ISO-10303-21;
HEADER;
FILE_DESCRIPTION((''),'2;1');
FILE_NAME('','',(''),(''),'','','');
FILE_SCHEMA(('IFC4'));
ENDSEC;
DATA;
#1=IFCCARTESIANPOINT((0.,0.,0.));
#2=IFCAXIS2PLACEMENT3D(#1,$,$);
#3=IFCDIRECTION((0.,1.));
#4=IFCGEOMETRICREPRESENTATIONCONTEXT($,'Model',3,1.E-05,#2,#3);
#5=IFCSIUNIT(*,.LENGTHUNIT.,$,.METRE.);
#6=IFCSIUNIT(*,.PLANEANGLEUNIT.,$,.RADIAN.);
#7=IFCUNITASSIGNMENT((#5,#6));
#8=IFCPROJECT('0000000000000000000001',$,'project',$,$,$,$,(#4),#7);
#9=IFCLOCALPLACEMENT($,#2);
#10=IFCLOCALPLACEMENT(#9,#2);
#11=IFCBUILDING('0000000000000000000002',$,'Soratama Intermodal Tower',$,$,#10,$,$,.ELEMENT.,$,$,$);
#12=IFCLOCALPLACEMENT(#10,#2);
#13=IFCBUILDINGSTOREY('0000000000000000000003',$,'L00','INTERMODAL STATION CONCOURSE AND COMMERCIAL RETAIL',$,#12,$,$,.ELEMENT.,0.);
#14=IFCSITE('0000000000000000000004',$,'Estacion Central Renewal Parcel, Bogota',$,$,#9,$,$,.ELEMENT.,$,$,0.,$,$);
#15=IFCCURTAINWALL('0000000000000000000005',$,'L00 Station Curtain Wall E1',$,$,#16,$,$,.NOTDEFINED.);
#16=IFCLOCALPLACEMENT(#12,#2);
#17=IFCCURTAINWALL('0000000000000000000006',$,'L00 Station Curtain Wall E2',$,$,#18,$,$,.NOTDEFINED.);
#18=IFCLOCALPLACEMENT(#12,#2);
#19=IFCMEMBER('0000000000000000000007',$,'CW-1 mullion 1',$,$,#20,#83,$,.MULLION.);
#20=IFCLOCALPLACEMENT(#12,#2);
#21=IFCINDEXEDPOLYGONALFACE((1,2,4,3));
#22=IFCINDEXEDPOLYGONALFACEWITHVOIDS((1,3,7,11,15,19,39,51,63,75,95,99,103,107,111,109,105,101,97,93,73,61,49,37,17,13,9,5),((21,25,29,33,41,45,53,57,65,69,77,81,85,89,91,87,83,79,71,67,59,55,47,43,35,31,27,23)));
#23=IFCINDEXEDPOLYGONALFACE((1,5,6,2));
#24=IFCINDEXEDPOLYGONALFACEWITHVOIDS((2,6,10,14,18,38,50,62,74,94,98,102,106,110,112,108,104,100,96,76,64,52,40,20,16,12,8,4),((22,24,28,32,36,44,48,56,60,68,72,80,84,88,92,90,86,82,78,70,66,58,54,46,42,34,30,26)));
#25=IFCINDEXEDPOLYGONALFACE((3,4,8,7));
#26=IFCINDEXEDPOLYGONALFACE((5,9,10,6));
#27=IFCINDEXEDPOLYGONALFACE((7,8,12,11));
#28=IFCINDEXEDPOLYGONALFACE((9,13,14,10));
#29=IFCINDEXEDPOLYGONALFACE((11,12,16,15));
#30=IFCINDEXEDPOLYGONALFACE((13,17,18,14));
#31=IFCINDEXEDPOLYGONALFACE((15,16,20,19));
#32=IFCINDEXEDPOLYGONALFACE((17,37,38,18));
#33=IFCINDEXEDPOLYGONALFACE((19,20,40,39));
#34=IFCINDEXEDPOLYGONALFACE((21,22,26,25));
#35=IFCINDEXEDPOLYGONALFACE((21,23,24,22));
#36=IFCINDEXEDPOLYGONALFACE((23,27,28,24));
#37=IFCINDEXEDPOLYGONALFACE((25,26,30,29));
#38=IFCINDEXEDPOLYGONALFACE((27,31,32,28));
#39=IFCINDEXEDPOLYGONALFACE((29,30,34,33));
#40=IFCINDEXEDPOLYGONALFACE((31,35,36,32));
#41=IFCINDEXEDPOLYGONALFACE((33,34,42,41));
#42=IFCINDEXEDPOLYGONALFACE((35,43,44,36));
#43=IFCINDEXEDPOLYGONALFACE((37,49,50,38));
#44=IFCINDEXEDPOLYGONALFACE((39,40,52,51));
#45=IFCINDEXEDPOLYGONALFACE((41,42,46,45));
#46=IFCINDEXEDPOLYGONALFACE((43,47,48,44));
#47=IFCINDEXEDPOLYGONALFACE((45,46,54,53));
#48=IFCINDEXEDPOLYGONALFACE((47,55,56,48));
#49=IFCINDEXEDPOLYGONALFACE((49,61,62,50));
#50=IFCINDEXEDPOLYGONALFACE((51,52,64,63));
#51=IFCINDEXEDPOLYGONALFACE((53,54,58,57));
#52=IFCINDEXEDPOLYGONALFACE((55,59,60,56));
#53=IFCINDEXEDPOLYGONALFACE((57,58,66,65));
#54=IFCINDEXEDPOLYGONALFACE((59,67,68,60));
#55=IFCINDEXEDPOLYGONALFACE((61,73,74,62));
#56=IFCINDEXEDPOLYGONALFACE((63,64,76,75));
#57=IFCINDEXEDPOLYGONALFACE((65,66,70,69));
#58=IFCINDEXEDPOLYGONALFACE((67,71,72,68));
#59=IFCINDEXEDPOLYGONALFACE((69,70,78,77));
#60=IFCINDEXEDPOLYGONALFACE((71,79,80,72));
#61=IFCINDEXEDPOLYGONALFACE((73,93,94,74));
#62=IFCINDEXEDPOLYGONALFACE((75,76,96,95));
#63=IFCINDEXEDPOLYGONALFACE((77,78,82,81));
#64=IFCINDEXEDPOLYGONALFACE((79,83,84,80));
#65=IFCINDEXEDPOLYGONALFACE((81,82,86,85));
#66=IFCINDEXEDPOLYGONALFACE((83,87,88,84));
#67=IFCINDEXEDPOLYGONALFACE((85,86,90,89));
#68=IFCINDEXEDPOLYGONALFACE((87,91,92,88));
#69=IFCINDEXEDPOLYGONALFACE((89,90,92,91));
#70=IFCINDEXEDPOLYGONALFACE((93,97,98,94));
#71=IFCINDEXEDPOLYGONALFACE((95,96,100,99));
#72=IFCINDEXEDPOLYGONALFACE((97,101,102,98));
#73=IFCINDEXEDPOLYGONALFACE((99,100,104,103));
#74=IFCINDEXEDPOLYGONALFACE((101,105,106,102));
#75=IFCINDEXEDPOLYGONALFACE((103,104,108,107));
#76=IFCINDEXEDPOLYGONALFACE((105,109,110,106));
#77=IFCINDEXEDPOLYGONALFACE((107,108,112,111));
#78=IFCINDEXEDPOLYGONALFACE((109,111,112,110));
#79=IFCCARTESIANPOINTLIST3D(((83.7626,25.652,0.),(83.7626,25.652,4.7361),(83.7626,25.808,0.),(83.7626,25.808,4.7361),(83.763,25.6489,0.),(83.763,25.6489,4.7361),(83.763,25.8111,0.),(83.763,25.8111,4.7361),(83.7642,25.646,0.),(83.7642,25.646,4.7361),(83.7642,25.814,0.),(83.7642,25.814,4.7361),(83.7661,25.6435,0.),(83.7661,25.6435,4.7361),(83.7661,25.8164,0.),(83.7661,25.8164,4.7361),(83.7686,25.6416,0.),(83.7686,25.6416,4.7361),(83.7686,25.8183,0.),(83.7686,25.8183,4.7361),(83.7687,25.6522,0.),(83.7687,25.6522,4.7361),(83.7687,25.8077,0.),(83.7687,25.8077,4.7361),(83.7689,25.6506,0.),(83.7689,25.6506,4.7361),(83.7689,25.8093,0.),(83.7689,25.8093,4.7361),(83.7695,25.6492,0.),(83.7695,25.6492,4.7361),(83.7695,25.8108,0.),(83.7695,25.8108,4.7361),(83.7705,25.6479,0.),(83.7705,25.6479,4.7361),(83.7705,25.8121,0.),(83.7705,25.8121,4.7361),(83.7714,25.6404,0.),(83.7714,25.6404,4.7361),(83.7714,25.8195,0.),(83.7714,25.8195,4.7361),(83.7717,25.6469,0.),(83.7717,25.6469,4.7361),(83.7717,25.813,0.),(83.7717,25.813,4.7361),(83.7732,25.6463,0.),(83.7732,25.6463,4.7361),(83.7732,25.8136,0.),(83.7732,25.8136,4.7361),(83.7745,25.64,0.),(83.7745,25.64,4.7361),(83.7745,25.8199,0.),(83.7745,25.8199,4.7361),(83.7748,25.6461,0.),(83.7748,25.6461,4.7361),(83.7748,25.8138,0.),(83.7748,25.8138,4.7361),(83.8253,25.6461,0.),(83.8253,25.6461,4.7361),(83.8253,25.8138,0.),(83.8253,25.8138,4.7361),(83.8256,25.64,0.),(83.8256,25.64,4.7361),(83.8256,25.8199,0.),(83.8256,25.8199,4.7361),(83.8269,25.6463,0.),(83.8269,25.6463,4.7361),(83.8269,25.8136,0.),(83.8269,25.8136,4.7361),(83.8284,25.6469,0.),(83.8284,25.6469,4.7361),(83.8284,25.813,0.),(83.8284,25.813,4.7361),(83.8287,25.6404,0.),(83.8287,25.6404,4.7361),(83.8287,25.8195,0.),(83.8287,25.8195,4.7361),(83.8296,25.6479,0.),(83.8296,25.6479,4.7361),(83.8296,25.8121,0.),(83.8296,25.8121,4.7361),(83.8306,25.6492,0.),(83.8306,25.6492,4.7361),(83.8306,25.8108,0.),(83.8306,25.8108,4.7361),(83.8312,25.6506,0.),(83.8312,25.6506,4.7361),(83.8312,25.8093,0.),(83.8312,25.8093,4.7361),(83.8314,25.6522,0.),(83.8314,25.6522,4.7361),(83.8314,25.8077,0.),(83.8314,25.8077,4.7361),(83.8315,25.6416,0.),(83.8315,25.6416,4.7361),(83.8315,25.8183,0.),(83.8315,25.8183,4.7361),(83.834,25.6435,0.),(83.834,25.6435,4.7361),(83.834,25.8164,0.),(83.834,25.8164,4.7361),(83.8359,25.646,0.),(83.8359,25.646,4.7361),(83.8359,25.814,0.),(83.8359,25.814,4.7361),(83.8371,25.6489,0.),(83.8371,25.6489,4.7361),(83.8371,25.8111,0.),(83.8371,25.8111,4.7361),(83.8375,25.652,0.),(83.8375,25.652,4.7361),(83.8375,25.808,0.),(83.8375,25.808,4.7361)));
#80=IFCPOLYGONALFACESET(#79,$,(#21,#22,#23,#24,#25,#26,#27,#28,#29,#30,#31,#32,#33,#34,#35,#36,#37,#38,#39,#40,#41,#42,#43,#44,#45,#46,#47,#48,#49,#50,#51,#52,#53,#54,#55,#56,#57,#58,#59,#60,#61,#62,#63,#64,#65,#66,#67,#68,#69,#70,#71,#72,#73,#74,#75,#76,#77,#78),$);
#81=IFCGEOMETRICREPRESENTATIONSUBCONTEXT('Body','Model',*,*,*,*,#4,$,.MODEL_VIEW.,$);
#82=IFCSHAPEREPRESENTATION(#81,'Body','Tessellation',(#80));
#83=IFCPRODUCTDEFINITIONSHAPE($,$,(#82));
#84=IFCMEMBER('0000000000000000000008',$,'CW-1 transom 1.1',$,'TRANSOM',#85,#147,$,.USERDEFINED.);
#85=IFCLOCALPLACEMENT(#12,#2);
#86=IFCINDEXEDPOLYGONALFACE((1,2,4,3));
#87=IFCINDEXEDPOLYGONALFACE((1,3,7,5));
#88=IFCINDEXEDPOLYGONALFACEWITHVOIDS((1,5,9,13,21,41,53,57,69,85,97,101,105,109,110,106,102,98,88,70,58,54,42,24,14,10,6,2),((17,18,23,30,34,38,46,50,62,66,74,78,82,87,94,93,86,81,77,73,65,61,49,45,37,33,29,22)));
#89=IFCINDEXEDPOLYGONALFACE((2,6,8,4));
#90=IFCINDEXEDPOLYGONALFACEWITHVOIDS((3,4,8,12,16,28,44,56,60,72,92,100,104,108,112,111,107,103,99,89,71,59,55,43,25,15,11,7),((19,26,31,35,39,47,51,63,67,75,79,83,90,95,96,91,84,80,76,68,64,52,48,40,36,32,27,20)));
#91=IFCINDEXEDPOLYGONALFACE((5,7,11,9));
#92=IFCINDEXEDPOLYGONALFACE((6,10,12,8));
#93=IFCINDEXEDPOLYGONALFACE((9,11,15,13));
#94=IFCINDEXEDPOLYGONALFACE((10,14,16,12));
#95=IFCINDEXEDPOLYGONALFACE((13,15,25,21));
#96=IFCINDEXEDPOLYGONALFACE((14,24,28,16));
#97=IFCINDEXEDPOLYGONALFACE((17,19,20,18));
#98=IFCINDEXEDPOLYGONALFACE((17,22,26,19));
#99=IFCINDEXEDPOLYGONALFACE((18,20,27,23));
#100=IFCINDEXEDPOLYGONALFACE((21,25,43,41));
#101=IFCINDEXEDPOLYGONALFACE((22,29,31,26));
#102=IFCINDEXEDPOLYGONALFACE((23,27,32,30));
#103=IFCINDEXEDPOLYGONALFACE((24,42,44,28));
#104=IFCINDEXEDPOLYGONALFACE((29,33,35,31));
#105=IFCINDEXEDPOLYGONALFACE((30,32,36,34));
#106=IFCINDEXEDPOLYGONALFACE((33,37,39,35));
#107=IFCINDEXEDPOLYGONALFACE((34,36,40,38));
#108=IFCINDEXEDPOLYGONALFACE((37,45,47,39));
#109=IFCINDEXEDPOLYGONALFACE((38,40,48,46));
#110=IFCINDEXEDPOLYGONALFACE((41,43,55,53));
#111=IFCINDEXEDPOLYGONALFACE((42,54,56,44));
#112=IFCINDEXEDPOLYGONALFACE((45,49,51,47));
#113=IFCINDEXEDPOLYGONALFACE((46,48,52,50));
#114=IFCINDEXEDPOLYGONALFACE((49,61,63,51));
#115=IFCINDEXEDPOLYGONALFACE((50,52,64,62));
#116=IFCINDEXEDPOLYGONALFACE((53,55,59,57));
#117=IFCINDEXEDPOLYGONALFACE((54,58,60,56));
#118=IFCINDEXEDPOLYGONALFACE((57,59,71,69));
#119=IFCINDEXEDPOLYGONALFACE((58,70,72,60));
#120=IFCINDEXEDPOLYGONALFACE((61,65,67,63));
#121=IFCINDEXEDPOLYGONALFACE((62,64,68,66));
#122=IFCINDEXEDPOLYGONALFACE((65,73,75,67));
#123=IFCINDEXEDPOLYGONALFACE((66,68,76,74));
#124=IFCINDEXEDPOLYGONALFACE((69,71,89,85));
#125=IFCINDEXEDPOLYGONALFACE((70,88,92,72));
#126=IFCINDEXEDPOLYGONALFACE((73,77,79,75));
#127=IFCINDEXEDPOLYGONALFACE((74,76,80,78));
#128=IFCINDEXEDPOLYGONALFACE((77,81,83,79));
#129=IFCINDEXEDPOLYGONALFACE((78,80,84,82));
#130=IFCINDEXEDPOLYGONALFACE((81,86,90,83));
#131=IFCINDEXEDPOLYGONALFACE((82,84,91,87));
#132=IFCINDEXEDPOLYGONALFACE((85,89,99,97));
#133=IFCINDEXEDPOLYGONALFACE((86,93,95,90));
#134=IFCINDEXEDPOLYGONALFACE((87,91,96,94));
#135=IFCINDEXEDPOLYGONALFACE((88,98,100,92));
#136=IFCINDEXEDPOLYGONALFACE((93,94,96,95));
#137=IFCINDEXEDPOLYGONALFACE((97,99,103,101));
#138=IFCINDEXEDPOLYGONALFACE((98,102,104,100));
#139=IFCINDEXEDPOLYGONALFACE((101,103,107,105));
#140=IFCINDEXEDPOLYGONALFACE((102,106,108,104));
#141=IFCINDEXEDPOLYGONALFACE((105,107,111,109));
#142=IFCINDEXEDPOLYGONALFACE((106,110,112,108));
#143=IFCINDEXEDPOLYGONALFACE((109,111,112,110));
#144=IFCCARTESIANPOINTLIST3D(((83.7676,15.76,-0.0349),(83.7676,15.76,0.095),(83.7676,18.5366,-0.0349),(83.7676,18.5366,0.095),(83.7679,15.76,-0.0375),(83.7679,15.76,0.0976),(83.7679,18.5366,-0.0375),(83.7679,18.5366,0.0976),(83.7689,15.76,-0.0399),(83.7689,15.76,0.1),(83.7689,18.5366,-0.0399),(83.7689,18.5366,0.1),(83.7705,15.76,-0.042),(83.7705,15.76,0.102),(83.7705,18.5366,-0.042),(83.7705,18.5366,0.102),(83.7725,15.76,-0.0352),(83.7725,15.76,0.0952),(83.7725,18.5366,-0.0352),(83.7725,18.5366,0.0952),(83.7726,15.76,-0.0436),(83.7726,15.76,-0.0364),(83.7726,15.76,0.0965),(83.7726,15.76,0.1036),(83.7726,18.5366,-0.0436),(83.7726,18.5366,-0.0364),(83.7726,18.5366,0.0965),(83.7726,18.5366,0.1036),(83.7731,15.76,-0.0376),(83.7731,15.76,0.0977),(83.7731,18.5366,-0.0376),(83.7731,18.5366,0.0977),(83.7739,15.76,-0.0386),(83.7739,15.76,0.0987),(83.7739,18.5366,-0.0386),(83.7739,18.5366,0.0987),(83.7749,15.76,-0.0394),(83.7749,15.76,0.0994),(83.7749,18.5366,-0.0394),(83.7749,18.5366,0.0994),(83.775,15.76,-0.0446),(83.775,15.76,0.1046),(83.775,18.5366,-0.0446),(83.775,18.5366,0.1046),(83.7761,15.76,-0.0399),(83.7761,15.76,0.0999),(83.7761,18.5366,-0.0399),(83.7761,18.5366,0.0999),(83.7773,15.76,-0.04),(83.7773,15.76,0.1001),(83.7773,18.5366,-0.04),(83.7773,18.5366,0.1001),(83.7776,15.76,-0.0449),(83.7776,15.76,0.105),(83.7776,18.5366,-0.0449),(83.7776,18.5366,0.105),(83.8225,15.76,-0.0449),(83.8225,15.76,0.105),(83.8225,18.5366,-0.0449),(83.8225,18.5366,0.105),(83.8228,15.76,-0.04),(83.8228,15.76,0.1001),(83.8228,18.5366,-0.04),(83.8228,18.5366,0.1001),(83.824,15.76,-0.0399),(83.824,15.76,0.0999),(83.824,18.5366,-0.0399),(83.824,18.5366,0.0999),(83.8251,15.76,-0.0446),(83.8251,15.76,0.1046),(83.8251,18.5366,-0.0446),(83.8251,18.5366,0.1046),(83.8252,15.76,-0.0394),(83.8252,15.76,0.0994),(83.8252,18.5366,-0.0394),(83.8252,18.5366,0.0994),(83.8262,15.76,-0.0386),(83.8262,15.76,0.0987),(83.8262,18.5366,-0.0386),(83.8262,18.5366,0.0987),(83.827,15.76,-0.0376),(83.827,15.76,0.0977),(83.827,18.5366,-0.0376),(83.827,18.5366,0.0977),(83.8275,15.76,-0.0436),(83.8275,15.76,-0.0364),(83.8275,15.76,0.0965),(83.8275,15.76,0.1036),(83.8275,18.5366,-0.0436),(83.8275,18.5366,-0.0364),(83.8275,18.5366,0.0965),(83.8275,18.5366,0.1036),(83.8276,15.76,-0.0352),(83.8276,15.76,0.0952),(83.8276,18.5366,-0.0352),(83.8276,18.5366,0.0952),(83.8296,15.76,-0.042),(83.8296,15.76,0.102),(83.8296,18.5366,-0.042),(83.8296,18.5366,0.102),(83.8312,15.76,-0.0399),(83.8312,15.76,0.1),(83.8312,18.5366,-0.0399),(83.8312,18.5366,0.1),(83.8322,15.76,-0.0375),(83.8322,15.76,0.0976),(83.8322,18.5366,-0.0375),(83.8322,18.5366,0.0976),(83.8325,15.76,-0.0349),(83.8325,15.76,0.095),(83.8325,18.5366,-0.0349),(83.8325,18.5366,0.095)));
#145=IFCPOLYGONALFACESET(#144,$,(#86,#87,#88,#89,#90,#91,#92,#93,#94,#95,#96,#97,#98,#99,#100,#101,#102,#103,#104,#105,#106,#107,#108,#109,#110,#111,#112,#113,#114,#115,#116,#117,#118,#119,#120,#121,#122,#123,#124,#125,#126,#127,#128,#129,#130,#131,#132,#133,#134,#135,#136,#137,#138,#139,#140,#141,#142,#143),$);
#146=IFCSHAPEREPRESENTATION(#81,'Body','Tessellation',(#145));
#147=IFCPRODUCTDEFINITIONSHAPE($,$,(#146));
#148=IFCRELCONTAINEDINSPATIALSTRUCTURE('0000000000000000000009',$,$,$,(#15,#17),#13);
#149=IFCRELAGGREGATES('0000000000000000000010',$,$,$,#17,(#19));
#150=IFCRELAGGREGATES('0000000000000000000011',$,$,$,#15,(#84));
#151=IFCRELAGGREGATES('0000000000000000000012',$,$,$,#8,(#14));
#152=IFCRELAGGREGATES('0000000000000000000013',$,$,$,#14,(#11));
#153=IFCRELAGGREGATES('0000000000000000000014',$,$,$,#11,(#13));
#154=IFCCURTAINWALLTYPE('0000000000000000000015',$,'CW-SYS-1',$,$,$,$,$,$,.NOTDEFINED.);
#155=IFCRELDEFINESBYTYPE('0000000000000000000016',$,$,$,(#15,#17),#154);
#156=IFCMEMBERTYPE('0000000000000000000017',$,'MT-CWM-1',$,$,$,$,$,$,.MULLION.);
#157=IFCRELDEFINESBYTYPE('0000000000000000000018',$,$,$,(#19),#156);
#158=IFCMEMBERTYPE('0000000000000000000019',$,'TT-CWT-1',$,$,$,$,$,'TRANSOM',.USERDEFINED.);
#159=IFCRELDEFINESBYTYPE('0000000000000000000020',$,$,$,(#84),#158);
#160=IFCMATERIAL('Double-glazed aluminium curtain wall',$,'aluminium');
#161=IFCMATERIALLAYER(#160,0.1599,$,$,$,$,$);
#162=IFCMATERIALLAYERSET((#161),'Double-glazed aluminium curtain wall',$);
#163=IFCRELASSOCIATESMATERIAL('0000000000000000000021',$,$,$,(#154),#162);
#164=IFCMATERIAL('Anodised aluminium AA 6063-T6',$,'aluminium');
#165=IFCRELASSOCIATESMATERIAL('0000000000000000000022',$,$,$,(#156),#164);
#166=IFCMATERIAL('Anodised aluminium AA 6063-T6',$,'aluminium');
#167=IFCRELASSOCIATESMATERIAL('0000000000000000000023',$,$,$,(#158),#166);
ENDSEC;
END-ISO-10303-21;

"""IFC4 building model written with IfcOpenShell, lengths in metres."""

from ifc_helpers import new_model, si_unit, direction, frame, origin, origin_2d, place, context, subcontext, project, spatial, hollow_rectangle, extrude, material, layer, layer_set, material_profile, profile_set, type_object, element, aggregate, save


model = new_model("IFC4")

# Units and contexts
model_context = context("Model", 3, precision=1e-05, world=origin(), true_north=direction((0.0, 1.0)))
body_context = subcontext(model_context, "Body", "Model", "MODEL_VIEW")
ifc_project = project(units=[si_unit("LENGTHUNIT", "METRE"), si_unit("PLANEANGLEUNIT", "RADIAN")], contexts=[model_context])

# Site, building, storey
site_placement = place(None, origin())
site = spatial("IfcSite", under=ifc_project, at=site_placement, Name="Estacion Central Renewal Parcel, Bogota", CompositionType="ELEMENT", RefElevation=0.0)
building_placement = place(site_placement, origin())
building = spatial("IfcBuilding", under=site, at=building_placement, Name="Soratama Intermodal Tower", CompositionType="ELEMENT")
storey_placement = place(building_placement, origin())
storey = spatial("IfcBuildingStorey", under=building, at=storey_placement, Name="L00", Description="INTERMODAL STATION CONCOURSE AND COMMERCIAL RETAIL", CompositionType="ELEMENT", Elevation=0.0)

# Curtain wall
ifc_material_1 = material(Name="Double-glazed aluminium curtain wall", Category="aluminium")
ifc_layer_1 = layer(ifc_material_1, 0.1599)
ifc_layer_set_1 = layer_set([ifc_layer_1], Name="Double-glazed aluminium curtain wall")
curtain_wall_type = type_object("IfcCurtainWallType", Name="CW-SYS-1", PredefinedType="NOTDEFINED", material=ifc_layer_set_1)
curtain_wall_1_placement = place(storey_placement, origin())
curtain_wall_1 = element("IfcCurtainWall", 1, at=curtain_wall_1_placement, inside=storey, type_object=curtain_wall_type, Name="L00 Station Curtain Wall E1", PredefinedType="NOTDEFINED")
ifc_material_2 = material(Name="Anodised aluminium AA 6063-T6", Category="aluminium")
ifc_material_profile_1 = material_profile(ifc_material_2, hollow_rectangle(XDim=0.075, YDim=0.1799, WallThickness=0.0061, InnerFilletRadius=0.0061, OuterFilletRadius=0.012, at=origin_2d()), Name="CWM180X75X6")
ifc_profile_set_1 = profile_set([ifc_material_profile_1], Name="Anodised aluminium AA 6063-T6")
member_type_1 = type_object("IfcMemberType", Name="MT-CWM-1", PredefinedType="MULLION", material=ifc_profile_set_1)

# Curtain wall, member
curtain_wall_2_placement = place(storey_placement, origin())
curtain_wall_2 = element("IfcCurtainWall", 2, at=curtain_wall_2_placement, inside=storey, type_object=curtain_wall_type, Name="L00 Station Curtain Wall E2", PredefinedType="NOTDEFINED")
member_1_placement = place(storey_placement, frame((83.8, 25.73, 0.0), z_axis=(0.0, 0.0, 1.0), x_axis=(-1.0, 0.0, 0.0)))
member_1 = element("IfcMember", 3, at=member_1_placement, type_object=member_type_1, Name="CW-1 mullion 1", PredefinedType="MULLION", context=body_context, shape_type="SweptSolid", body=[
    extrude(hollow_rectangle(XDim=0.075, YDim=0.1799, WallThickness=0.0061, InnerFilletRadius=0.0061, OuterFilletRadius=0.012, at=origin_2d()), origin(), (0.0, 0.0, 1.0), 4.7361),
])

# Member
ifc_material_3 = material(Name="Anodised aluminium AA 6063-T6", Category="aluminium")
ifc_material_profile_2 = material_profile(ifc_material_3, hollow_rectangle(XDim=0.0649, YDim=0.1499, WallThickness=0.0049, InnerFilletRadius=0.0049, OuterFilletRadius=0.01, at=origin_2d()), Name="CWT150X65X5")
ifc_profile_set_2 = profile_set([ifc_material_profile_2], Name="Anodised aluminium AA 6063-T6")
member_type_2 = type_object("IfcMemberType", Name="TT-CWT-1", ElementType="TRANSOM", PredefinedType="USERDEFINED", material=ifc_profile_set_2)
member_2_placement = place(storey_placement, frame((83.8, 15.76, 0.03), z_axis=(0.0, 1.0, 0.0), x_axis=(-1.0, 0.0, 0.0)))
member_2 = element("IfcMember", 4, at=member_2_placement, type_object=member_type_2, Name="CW-1 transom 1.1", ObjectType="TRANSOM", PredefinedType="USERDEFINED", context=body_context, shape_type="SweptSolid", body=[
    extrude(hollow_rectangle(XDim=0.0649, YDim=0.1499, WallThickness=0.0049, InnerFilletRadius=0.0049, OuterFilletRadius=0.01, at=origin_2d()), origin(), (0.0, 0.0, 1.0), 2.7766),
])
aggregate(curtain_wall_2, [member_1])

aggregate(curtain_wall_1, [member_2])

save(model, "model.ifc")
